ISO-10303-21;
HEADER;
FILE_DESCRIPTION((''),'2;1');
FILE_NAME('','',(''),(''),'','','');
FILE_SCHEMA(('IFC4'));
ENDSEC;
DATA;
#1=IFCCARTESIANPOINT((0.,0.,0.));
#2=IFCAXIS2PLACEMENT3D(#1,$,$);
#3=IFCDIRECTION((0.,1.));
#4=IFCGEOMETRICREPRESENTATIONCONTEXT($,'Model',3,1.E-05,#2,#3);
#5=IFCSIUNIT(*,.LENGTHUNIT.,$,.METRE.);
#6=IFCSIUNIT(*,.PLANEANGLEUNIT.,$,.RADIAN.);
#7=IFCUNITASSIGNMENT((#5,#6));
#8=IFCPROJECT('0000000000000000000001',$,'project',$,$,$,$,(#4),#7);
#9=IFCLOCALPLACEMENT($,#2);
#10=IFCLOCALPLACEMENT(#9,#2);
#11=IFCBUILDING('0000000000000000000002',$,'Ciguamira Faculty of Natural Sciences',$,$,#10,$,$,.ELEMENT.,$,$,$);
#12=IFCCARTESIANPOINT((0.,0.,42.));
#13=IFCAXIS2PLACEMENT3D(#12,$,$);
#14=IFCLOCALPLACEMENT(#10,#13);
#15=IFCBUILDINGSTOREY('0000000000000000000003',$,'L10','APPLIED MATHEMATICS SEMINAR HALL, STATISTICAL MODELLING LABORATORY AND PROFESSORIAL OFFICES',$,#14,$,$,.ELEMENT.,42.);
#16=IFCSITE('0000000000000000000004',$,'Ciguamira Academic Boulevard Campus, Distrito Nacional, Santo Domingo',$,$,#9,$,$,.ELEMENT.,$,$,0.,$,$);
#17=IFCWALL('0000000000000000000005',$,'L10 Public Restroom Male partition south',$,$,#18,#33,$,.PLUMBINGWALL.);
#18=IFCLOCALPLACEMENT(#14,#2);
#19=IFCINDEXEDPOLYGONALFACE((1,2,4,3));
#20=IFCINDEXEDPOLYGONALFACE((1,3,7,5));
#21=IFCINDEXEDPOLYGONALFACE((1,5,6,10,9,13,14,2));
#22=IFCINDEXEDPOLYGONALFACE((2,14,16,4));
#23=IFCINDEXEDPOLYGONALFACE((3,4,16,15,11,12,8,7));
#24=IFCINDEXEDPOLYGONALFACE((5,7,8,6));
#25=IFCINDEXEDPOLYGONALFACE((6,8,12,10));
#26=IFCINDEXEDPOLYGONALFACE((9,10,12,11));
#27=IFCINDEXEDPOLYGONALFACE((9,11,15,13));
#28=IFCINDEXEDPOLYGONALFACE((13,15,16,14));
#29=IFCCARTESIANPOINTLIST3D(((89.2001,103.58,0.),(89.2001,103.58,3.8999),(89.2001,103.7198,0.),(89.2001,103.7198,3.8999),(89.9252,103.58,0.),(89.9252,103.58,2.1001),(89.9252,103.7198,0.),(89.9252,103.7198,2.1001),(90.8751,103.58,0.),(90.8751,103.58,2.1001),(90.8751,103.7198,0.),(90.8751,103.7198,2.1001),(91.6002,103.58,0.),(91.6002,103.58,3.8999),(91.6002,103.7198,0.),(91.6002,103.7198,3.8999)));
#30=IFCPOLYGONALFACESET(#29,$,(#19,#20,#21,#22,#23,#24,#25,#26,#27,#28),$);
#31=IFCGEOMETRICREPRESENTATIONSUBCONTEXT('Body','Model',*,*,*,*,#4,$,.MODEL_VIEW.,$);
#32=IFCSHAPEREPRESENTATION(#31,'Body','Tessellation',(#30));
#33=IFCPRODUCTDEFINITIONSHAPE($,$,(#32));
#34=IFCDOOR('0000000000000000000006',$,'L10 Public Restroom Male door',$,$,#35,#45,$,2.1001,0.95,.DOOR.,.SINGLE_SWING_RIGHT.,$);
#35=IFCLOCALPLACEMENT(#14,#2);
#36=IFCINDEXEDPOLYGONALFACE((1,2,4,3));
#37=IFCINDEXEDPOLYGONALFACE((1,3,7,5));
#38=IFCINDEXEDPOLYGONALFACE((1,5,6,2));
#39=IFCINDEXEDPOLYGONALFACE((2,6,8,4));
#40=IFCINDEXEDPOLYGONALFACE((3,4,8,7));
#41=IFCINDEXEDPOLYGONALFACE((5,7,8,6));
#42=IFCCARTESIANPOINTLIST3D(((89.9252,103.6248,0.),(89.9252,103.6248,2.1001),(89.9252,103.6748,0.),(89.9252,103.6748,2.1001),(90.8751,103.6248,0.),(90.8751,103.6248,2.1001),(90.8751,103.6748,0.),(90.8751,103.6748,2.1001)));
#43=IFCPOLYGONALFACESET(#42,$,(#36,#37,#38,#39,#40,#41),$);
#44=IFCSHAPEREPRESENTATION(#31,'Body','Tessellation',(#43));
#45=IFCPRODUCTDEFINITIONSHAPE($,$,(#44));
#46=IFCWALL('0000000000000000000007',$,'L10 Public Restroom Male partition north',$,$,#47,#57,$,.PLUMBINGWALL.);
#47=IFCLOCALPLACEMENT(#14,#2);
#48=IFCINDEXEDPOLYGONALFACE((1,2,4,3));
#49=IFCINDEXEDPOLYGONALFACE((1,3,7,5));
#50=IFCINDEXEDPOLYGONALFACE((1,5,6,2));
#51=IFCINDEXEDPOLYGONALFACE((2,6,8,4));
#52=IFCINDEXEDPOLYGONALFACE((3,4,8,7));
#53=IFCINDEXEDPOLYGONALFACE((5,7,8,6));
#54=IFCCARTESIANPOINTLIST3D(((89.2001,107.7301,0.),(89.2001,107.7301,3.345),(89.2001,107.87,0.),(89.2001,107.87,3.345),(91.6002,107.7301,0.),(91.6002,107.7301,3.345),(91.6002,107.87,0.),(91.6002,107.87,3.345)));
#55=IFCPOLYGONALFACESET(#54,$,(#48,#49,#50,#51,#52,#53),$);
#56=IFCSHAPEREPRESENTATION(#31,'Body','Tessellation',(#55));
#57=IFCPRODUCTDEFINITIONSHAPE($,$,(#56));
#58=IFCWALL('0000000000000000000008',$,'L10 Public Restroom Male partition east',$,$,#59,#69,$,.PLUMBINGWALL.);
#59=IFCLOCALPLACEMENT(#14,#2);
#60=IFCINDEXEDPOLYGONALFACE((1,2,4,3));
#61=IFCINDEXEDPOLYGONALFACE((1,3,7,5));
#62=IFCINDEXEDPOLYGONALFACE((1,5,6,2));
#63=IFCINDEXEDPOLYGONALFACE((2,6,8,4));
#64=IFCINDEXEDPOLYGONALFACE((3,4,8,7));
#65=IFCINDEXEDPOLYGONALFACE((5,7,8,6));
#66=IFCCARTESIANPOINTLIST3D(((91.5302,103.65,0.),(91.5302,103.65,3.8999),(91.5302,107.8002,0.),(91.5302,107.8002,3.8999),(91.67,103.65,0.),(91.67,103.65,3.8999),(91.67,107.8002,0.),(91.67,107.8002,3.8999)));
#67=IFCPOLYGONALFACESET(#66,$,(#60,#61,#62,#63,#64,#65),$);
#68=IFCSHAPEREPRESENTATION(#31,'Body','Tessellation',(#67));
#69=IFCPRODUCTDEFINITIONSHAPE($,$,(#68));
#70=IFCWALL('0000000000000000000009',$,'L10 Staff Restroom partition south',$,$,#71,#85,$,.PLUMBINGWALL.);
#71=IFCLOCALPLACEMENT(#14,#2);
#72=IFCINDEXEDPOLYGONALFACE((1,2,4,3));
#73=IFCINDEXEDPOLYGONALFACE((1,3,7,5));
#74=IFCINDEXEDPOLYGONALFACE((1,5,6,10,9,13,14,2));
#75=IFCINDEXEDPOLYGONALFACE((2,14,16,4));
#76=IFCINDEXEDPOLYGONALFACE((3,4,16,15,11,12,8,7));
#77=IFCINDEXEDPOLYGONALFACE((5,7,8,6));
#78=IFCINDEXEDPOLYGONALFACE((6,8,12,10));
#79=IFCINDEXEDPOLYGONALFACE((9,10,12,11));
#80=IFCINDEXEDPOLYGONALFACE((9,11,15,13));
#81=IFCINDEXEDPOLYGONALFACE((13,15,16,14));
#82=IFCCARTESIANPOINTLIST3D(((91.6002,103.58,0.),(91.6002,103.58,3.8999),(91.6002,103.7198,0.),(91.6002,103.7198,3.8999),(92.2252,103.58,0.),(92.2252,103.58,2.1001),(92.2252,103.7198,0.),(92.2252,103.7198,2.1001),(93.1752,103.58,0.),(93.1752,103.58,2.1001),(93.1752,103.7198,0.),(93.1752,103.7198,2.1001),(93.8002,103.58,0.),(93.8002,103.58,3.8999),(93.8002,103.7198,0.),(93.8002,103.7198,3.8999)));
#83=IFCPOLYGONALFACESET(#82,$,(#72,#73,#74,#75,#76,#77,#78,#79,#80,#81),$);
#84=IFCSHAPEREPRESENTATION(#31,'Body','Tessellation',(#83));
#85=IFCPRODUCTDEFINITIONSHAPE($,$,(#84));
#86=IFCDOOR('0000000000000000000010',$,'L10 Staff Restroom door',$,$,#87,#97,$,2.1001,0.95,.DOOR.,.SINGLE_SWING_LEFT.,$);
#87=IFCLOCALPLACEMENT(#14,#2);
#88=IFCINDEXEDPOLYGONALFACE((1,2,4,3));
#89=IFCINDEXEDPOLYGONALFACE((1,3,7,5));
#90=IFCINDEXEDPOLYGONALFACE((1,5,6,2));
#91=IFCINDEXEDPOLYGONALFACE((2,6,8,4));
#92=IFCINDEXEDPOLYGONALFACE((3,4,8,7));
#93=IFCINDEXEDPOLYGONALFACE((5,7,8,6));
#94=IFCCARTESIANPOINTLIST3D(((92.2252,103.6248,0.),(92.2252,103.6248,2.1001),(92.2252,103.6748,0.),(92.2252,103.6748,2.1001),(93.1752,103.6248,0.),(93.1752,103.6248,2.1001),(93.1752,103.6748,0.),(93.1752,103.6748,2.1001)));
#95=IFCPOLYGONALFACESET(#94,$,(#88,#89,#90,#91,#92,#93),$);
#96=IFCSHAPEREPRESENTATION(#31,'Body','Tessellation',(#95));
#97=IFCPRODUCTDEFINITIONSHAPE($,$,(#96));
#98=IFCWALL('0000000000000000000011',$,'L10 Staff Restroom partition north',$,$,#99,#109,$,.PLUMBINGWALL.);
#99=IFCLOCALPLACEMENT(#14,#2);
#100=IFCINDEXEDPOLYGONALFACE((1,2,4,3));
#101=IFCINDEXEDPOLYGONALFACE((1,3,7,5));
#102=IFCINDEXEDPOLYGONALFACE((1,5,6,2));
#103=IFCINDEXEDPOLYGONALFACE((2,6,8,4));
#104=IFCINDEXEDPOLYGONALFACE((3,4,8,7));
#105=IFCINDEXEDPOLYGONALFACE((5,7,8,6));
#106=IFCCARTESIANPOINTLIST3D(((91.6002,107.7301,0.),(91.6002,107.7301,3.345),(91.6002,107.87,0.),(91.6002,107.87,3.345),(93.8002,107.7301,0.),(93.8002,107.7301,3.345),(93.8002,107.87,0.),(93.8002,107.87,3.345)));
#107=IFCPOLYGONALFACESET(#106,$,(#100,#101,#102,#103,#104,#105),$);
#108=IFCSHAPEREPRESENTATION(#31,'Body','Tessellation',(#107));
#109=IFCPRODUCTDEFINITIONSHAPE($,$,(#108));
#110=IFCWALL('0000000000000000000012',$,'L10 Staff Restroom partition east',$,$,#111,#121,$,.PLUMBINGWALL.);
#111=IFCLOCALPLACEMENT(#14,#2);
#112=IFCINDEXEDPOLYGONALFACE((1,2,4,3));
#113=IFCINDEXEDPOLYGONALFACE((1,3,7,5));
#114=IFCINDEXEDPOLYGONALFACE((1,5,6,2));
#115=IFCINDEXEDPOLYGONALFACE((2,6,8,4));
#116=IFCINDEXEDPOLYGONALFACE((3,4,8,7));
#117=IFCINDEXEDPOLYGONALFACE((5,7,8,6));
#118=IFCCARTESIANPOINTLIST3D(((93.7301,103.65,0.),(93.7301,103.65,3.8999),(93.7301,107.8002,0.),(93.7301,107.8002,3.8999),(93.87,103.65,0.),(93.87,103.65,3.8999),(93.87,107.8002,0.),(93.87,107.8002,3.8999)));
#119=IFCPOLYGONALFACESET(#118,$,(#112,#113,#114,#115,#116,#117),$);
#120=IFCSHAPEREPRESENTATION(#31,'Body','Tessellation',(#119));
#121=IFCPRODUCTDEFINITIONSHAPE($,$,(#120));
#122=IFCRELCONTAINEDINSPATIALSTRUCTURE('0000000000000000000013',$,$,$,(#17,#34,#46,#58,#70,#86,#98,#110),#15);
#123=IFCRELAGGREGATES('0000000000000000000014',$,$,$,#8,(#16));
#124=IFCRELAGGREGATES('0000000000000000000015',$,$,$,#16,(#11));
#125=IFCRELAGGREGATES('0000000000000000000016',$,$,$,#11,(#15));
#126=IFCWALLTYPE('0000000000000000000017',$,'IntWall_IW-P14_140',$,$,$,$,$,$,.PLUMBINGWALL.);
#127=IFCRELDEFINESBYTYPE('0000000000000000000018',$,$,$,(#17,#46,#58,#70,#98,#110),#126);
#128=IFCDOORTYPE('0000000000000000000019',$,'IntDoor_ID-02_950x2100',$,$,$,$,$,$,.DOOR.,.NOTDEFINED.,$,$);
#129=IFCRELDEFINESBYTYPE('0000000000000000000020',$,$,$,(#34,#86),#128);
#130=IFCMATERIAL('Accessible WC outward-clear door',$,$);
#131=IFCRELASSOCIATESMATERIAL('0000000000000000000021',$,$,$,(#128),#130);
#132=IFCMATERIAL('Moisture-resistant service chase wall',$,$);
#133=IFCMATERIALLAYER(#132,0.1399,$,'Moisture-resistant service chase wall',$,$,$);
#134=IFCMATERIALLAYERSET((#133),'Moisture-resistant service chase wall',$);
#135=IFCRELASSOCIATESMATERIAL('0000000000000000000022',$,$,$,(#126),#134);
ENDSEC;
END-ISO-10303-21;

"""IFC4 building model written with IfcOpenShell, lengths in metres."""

from ifc_helpers import new_model, si_unit, direction, frame, frame_2d, origin, place, context, subcontext, project, spatial, rectangle, extrude, material, layer, layer_set, type_object, element, fill, save


model = new_model("IFC4")

# Units and contexts
model_context = context("Model", 3, precision=1e-05, world=origin(), true_north=direction((0.0, 1.0)))
body_context = subcontext(model_context, "Body", "Model", "MODEL_VIEW")
ifc_project = project(units=[si_unit("LENGTHUNIT", "METRE"), si_unit("PLANEANGLEUNIT", "RADIAN")], contexts=[model_context])

# Site, building, storey
site_placement = place(None, origin())
site = spatial("IfcSite", under=ifc_project, at=site_placement, Name="Ciguamira Academic Boulevard Campus, Distrito Nacional, Santo Domingo", CompositionType="ELEMENT", RefElevation=0.0)
building_placement = place(site_placement, origin())
building = spatial("IfcBuilding", under=site, at=building_placement, Name="Ciguamira Faculty of Natural Sciences", CompositionType="ELEMENT")
storey_placement = place(building_placement, frame((0.0, 0.0, 42.0)))
storey = spatial("IfcBuildingStorey", under=building, at=storey_placement, Name="L10", Description="APPLIED MATHEMATICS SEMINAR HALL, STATISTICAL MODELLING LABORATORY AND PROFESSORIAL OFFICES", CompositionType="ELEMENT", Elevation=42.0)

# Shared definitions
ifc_material_1 = material(Name="Accessible WC outward-clear door")
door_type_1 = type_object("IfcDoorType", Name="IntDoor_ID-02_950x2100", OperationType="NOTDEFINED", PredefinedType="DOOR", material=ifc_material_1)

# Shared definitions
ifc_material_2 = material(Name="Moisture-resistant service chase wall")
ifc_layer_1 = layer(ifc_material_2, 0.1399, Name="Moisture-resistant service chase wall")
ifc_layer_set_1 = layer_set([ifc_layer_1], Name="Moisture-resistant service chase wall")
wall_type_1 = type_object("IfcWallType", Name="IntWall_IW-P14_140", PredefinedType="PLUMBINGWALL", material=ifc_layer_set_1)

# Wall, opening, door
wall_1_placement = place(storey_placement, frame((89.2, 103.6499, 0.0), z_axis=(0.0, 0.0, 1.0), x_axis=(1.0, 0.0, 0.0)))
wall_1 = element("IfcWall", 1, at=wall_1_placement, inside=storey, type_object=wall_type_1, Name="L10 Public Restroom Male partition south", PredefinedType="PLUMBINGWALL", context=body_context, shape_type="SweptSolid", body=[
    extrude(rectangle(XDim=2.4001, YDim=0.1399, at=frame_2d((1.2002, 0.0))), origin(), (0.0, 0.0, 1.0), 3.8999),
])
opening_1_placement = place(wall_1_placement, frame((0.7251, 0.0, 0.0)))
opening_1 = element("IfcOpeningElement", 2, at=opening_1_placement, cuts=wall_1, PredefinedType="OPENING", context=body_context, shape_type="SweptSolid", body=[
    extrude(rectangle(XDim=0.95, YDim=2.1001, at=frame_2d((0.4751, 1.05))), frame((0.0, 0.0798, 0.0), z_axis=(0.0, -1.0, 0.0), x_axis=(1.0, 0.0, 0.0)), (0.0, 0.0, 1.0), 0.1599),
])
door_1_placement = place(opening_1_placement, origin())
door_1 = element("IfcDoor", 3, at=door_1_placement, inside=storey, type_object=door_type_1, Name="L10 Public Restroom Male door", OperationType="SINGLE_SWING_RIGHT", OverallHeight=2.1001, OverallWidth=0.95, PredefinedType="DOOR", context=body_context, shape_type="SweptSolid", body=[
    extrude(rectangle(XDim=0.95, YDim=2.1001, at=frame_2d((0.4751, 1.05))), frame((0.0, 0.0249, 0.0), z_axis=(0.0, -1.0, 0.0), x_axis=(1.0, 0.0, 0.0)), (0.0, 0.0, 1.0), 0.05),
])
fill(opening_1, door_1)

# Walls
wall_2_placement = place(storey_placement, frame((89.2, 107.8, 0.0), z_axis=(0.0, 0.0, 1.0), x_axis=(1.0, 0.0, 0.0)))
element("IfcWall", 4, at=wall_2_placement, inside=storey, type_object=wall_type_1, Name="L10 Public Restroom Male partition north", PredefinedType="PLUMBINGWALL", context=body_context, shape_type="SweptSolid", body=[
    extrude(rectangle(XDim=2.4001, YDim=0.1399, at=frame_2d((1.2002, 0.0))), origin(), (0.0, 0.0, 1.0), 3.345),
])
wall_3_placement = place(storey_placement, frame((91.6001, 103.6499, 0.0), z_axis=(0.0, 0.0, 1.0), x_axis=(0.0, 1.0, 0.0)))
element("IfcWall", 5, at=wall_3_placement, inside=storey, type_object=wall_type_1, Name="L10 Public Restroom Male partition east", PredefinedType="PLUMBINGWALL", context=body_context, shape_type="SweptSolid", body=[
    extrude(rectangle(XDim=4.1501, YDim=0.1399, at=frame_2d((2.0752, 0.0))), origin(), (0.0, 0.0, 1.0), 3.8999),
])

# Wall, opening, door
wall_4_placement = place(storey_placement, frame((91.6001, 103.6499, 0.0), z_axis=(0.0, 0.0, 1.0), x_axis=(1.0, 0.0, 0.0)))
wall_4 = element("IfcWall", 6, at=wall_4_placement, inside=storey, type_object=wall_type_1, Name="L10 Staff Restroom partition south", PredefinedType="PLUMBINGWALL", context=body_context, shape_type="SweptSolid", body=[
    extrude(rectangle(XDim=2.2, YDim=0.1399, at=frame_2d((1.1001, 0.0))), origin(), (0.0, 0.0, 1.0), 3.8999),
])
opening_2_placement = place(wall_4_placement, frame((0.625, 0.0, 0.0)))
opening_2 = element("IfcOpeningElement", 7, at=opening_2_placement, cuts=wall_4, PredefinedType="OPENING", context=body_context, shape_type="SweptSolid", body=[
    extrude(rectangle(XDim=0.95, YDim=2.1001, at=frame_2d((0.4751, 1.05))), frame((0.0, 0.0798, 0.0), z_axis=(0.0, -1.0, 0.0), x_axis=(1.0, 0.0, 0.0)), (0.0, 0.0, 1.0), 0.1599),
])
door_2_placement = place(opening_2_placement, origin())
door_2 = element("IfcDoor", 8, at=door_2_placement, inside=storey, type_object=door_type_1, Name="L10 Staff Restroom door", OperationType="SINGLE_SWING_LEFT", OverallHeight=2.1001, OverallWidth=0.95, PredefinedType="DOOR", context=body_context, shape_type="SweptSolid", body=[
    extrude(rectangle(XDim=0.95, YDim=2.1001, at=frame_2d((0.4751, 1.05))), frame((0.0, 0.0249, 0.0), z_axis=(0.0, -1.0, 0.0), x_axis=(1.0, 0.0, 0.0)), (0.0, 0.0, 1.0), 0.05),
])
fill(opening_2, door_2)

# Walls
wall_5_placement = place(storey_placement, frame((91.6001, 107.8, 0.0), z_axis=(0.0, 0.0, 1.0), x_axis=(1.0, 0.0, 0.0)))
element("IfcWall", 9, at=wall_5_placement, inside=storey, type_object=wall_type_1, Name="L10 Staff Restroom partition north", PredefinedType="PLUMBINGWALL", context=body_context, shape_type="SweptSolid", body=[
    extrude(rectangle(XDim=2.2, YDim=0.1399, at=frame_2d((1.1001, 0.0))), origin(), (0.0, 0.0, 1.0), 3.345),
])
wall_6_placement = place(storey_placement, frame((93.8, 103.6499, 0.0), z_axis=(0.0, 0.0, 1.0), x_axis=(0.0, 1.0, 0.0)))
element("IfcWall", 10, at=wall_6_placement, inside=storey, type_object=wall_type_1, Name="L10 Staff Restroom partition east", PredefinedType="PLUMBINGWALL", context=body_context, shape_type="SweptSolid", body=[
    extrude(rectangle(XDim=4.1501, YDim=0.1399, at=frame_2d((2.0752, 0.0))), origin(), (0.0, 0.0, 1.0), 3.8999),
])

save(model, "model.ifc")
